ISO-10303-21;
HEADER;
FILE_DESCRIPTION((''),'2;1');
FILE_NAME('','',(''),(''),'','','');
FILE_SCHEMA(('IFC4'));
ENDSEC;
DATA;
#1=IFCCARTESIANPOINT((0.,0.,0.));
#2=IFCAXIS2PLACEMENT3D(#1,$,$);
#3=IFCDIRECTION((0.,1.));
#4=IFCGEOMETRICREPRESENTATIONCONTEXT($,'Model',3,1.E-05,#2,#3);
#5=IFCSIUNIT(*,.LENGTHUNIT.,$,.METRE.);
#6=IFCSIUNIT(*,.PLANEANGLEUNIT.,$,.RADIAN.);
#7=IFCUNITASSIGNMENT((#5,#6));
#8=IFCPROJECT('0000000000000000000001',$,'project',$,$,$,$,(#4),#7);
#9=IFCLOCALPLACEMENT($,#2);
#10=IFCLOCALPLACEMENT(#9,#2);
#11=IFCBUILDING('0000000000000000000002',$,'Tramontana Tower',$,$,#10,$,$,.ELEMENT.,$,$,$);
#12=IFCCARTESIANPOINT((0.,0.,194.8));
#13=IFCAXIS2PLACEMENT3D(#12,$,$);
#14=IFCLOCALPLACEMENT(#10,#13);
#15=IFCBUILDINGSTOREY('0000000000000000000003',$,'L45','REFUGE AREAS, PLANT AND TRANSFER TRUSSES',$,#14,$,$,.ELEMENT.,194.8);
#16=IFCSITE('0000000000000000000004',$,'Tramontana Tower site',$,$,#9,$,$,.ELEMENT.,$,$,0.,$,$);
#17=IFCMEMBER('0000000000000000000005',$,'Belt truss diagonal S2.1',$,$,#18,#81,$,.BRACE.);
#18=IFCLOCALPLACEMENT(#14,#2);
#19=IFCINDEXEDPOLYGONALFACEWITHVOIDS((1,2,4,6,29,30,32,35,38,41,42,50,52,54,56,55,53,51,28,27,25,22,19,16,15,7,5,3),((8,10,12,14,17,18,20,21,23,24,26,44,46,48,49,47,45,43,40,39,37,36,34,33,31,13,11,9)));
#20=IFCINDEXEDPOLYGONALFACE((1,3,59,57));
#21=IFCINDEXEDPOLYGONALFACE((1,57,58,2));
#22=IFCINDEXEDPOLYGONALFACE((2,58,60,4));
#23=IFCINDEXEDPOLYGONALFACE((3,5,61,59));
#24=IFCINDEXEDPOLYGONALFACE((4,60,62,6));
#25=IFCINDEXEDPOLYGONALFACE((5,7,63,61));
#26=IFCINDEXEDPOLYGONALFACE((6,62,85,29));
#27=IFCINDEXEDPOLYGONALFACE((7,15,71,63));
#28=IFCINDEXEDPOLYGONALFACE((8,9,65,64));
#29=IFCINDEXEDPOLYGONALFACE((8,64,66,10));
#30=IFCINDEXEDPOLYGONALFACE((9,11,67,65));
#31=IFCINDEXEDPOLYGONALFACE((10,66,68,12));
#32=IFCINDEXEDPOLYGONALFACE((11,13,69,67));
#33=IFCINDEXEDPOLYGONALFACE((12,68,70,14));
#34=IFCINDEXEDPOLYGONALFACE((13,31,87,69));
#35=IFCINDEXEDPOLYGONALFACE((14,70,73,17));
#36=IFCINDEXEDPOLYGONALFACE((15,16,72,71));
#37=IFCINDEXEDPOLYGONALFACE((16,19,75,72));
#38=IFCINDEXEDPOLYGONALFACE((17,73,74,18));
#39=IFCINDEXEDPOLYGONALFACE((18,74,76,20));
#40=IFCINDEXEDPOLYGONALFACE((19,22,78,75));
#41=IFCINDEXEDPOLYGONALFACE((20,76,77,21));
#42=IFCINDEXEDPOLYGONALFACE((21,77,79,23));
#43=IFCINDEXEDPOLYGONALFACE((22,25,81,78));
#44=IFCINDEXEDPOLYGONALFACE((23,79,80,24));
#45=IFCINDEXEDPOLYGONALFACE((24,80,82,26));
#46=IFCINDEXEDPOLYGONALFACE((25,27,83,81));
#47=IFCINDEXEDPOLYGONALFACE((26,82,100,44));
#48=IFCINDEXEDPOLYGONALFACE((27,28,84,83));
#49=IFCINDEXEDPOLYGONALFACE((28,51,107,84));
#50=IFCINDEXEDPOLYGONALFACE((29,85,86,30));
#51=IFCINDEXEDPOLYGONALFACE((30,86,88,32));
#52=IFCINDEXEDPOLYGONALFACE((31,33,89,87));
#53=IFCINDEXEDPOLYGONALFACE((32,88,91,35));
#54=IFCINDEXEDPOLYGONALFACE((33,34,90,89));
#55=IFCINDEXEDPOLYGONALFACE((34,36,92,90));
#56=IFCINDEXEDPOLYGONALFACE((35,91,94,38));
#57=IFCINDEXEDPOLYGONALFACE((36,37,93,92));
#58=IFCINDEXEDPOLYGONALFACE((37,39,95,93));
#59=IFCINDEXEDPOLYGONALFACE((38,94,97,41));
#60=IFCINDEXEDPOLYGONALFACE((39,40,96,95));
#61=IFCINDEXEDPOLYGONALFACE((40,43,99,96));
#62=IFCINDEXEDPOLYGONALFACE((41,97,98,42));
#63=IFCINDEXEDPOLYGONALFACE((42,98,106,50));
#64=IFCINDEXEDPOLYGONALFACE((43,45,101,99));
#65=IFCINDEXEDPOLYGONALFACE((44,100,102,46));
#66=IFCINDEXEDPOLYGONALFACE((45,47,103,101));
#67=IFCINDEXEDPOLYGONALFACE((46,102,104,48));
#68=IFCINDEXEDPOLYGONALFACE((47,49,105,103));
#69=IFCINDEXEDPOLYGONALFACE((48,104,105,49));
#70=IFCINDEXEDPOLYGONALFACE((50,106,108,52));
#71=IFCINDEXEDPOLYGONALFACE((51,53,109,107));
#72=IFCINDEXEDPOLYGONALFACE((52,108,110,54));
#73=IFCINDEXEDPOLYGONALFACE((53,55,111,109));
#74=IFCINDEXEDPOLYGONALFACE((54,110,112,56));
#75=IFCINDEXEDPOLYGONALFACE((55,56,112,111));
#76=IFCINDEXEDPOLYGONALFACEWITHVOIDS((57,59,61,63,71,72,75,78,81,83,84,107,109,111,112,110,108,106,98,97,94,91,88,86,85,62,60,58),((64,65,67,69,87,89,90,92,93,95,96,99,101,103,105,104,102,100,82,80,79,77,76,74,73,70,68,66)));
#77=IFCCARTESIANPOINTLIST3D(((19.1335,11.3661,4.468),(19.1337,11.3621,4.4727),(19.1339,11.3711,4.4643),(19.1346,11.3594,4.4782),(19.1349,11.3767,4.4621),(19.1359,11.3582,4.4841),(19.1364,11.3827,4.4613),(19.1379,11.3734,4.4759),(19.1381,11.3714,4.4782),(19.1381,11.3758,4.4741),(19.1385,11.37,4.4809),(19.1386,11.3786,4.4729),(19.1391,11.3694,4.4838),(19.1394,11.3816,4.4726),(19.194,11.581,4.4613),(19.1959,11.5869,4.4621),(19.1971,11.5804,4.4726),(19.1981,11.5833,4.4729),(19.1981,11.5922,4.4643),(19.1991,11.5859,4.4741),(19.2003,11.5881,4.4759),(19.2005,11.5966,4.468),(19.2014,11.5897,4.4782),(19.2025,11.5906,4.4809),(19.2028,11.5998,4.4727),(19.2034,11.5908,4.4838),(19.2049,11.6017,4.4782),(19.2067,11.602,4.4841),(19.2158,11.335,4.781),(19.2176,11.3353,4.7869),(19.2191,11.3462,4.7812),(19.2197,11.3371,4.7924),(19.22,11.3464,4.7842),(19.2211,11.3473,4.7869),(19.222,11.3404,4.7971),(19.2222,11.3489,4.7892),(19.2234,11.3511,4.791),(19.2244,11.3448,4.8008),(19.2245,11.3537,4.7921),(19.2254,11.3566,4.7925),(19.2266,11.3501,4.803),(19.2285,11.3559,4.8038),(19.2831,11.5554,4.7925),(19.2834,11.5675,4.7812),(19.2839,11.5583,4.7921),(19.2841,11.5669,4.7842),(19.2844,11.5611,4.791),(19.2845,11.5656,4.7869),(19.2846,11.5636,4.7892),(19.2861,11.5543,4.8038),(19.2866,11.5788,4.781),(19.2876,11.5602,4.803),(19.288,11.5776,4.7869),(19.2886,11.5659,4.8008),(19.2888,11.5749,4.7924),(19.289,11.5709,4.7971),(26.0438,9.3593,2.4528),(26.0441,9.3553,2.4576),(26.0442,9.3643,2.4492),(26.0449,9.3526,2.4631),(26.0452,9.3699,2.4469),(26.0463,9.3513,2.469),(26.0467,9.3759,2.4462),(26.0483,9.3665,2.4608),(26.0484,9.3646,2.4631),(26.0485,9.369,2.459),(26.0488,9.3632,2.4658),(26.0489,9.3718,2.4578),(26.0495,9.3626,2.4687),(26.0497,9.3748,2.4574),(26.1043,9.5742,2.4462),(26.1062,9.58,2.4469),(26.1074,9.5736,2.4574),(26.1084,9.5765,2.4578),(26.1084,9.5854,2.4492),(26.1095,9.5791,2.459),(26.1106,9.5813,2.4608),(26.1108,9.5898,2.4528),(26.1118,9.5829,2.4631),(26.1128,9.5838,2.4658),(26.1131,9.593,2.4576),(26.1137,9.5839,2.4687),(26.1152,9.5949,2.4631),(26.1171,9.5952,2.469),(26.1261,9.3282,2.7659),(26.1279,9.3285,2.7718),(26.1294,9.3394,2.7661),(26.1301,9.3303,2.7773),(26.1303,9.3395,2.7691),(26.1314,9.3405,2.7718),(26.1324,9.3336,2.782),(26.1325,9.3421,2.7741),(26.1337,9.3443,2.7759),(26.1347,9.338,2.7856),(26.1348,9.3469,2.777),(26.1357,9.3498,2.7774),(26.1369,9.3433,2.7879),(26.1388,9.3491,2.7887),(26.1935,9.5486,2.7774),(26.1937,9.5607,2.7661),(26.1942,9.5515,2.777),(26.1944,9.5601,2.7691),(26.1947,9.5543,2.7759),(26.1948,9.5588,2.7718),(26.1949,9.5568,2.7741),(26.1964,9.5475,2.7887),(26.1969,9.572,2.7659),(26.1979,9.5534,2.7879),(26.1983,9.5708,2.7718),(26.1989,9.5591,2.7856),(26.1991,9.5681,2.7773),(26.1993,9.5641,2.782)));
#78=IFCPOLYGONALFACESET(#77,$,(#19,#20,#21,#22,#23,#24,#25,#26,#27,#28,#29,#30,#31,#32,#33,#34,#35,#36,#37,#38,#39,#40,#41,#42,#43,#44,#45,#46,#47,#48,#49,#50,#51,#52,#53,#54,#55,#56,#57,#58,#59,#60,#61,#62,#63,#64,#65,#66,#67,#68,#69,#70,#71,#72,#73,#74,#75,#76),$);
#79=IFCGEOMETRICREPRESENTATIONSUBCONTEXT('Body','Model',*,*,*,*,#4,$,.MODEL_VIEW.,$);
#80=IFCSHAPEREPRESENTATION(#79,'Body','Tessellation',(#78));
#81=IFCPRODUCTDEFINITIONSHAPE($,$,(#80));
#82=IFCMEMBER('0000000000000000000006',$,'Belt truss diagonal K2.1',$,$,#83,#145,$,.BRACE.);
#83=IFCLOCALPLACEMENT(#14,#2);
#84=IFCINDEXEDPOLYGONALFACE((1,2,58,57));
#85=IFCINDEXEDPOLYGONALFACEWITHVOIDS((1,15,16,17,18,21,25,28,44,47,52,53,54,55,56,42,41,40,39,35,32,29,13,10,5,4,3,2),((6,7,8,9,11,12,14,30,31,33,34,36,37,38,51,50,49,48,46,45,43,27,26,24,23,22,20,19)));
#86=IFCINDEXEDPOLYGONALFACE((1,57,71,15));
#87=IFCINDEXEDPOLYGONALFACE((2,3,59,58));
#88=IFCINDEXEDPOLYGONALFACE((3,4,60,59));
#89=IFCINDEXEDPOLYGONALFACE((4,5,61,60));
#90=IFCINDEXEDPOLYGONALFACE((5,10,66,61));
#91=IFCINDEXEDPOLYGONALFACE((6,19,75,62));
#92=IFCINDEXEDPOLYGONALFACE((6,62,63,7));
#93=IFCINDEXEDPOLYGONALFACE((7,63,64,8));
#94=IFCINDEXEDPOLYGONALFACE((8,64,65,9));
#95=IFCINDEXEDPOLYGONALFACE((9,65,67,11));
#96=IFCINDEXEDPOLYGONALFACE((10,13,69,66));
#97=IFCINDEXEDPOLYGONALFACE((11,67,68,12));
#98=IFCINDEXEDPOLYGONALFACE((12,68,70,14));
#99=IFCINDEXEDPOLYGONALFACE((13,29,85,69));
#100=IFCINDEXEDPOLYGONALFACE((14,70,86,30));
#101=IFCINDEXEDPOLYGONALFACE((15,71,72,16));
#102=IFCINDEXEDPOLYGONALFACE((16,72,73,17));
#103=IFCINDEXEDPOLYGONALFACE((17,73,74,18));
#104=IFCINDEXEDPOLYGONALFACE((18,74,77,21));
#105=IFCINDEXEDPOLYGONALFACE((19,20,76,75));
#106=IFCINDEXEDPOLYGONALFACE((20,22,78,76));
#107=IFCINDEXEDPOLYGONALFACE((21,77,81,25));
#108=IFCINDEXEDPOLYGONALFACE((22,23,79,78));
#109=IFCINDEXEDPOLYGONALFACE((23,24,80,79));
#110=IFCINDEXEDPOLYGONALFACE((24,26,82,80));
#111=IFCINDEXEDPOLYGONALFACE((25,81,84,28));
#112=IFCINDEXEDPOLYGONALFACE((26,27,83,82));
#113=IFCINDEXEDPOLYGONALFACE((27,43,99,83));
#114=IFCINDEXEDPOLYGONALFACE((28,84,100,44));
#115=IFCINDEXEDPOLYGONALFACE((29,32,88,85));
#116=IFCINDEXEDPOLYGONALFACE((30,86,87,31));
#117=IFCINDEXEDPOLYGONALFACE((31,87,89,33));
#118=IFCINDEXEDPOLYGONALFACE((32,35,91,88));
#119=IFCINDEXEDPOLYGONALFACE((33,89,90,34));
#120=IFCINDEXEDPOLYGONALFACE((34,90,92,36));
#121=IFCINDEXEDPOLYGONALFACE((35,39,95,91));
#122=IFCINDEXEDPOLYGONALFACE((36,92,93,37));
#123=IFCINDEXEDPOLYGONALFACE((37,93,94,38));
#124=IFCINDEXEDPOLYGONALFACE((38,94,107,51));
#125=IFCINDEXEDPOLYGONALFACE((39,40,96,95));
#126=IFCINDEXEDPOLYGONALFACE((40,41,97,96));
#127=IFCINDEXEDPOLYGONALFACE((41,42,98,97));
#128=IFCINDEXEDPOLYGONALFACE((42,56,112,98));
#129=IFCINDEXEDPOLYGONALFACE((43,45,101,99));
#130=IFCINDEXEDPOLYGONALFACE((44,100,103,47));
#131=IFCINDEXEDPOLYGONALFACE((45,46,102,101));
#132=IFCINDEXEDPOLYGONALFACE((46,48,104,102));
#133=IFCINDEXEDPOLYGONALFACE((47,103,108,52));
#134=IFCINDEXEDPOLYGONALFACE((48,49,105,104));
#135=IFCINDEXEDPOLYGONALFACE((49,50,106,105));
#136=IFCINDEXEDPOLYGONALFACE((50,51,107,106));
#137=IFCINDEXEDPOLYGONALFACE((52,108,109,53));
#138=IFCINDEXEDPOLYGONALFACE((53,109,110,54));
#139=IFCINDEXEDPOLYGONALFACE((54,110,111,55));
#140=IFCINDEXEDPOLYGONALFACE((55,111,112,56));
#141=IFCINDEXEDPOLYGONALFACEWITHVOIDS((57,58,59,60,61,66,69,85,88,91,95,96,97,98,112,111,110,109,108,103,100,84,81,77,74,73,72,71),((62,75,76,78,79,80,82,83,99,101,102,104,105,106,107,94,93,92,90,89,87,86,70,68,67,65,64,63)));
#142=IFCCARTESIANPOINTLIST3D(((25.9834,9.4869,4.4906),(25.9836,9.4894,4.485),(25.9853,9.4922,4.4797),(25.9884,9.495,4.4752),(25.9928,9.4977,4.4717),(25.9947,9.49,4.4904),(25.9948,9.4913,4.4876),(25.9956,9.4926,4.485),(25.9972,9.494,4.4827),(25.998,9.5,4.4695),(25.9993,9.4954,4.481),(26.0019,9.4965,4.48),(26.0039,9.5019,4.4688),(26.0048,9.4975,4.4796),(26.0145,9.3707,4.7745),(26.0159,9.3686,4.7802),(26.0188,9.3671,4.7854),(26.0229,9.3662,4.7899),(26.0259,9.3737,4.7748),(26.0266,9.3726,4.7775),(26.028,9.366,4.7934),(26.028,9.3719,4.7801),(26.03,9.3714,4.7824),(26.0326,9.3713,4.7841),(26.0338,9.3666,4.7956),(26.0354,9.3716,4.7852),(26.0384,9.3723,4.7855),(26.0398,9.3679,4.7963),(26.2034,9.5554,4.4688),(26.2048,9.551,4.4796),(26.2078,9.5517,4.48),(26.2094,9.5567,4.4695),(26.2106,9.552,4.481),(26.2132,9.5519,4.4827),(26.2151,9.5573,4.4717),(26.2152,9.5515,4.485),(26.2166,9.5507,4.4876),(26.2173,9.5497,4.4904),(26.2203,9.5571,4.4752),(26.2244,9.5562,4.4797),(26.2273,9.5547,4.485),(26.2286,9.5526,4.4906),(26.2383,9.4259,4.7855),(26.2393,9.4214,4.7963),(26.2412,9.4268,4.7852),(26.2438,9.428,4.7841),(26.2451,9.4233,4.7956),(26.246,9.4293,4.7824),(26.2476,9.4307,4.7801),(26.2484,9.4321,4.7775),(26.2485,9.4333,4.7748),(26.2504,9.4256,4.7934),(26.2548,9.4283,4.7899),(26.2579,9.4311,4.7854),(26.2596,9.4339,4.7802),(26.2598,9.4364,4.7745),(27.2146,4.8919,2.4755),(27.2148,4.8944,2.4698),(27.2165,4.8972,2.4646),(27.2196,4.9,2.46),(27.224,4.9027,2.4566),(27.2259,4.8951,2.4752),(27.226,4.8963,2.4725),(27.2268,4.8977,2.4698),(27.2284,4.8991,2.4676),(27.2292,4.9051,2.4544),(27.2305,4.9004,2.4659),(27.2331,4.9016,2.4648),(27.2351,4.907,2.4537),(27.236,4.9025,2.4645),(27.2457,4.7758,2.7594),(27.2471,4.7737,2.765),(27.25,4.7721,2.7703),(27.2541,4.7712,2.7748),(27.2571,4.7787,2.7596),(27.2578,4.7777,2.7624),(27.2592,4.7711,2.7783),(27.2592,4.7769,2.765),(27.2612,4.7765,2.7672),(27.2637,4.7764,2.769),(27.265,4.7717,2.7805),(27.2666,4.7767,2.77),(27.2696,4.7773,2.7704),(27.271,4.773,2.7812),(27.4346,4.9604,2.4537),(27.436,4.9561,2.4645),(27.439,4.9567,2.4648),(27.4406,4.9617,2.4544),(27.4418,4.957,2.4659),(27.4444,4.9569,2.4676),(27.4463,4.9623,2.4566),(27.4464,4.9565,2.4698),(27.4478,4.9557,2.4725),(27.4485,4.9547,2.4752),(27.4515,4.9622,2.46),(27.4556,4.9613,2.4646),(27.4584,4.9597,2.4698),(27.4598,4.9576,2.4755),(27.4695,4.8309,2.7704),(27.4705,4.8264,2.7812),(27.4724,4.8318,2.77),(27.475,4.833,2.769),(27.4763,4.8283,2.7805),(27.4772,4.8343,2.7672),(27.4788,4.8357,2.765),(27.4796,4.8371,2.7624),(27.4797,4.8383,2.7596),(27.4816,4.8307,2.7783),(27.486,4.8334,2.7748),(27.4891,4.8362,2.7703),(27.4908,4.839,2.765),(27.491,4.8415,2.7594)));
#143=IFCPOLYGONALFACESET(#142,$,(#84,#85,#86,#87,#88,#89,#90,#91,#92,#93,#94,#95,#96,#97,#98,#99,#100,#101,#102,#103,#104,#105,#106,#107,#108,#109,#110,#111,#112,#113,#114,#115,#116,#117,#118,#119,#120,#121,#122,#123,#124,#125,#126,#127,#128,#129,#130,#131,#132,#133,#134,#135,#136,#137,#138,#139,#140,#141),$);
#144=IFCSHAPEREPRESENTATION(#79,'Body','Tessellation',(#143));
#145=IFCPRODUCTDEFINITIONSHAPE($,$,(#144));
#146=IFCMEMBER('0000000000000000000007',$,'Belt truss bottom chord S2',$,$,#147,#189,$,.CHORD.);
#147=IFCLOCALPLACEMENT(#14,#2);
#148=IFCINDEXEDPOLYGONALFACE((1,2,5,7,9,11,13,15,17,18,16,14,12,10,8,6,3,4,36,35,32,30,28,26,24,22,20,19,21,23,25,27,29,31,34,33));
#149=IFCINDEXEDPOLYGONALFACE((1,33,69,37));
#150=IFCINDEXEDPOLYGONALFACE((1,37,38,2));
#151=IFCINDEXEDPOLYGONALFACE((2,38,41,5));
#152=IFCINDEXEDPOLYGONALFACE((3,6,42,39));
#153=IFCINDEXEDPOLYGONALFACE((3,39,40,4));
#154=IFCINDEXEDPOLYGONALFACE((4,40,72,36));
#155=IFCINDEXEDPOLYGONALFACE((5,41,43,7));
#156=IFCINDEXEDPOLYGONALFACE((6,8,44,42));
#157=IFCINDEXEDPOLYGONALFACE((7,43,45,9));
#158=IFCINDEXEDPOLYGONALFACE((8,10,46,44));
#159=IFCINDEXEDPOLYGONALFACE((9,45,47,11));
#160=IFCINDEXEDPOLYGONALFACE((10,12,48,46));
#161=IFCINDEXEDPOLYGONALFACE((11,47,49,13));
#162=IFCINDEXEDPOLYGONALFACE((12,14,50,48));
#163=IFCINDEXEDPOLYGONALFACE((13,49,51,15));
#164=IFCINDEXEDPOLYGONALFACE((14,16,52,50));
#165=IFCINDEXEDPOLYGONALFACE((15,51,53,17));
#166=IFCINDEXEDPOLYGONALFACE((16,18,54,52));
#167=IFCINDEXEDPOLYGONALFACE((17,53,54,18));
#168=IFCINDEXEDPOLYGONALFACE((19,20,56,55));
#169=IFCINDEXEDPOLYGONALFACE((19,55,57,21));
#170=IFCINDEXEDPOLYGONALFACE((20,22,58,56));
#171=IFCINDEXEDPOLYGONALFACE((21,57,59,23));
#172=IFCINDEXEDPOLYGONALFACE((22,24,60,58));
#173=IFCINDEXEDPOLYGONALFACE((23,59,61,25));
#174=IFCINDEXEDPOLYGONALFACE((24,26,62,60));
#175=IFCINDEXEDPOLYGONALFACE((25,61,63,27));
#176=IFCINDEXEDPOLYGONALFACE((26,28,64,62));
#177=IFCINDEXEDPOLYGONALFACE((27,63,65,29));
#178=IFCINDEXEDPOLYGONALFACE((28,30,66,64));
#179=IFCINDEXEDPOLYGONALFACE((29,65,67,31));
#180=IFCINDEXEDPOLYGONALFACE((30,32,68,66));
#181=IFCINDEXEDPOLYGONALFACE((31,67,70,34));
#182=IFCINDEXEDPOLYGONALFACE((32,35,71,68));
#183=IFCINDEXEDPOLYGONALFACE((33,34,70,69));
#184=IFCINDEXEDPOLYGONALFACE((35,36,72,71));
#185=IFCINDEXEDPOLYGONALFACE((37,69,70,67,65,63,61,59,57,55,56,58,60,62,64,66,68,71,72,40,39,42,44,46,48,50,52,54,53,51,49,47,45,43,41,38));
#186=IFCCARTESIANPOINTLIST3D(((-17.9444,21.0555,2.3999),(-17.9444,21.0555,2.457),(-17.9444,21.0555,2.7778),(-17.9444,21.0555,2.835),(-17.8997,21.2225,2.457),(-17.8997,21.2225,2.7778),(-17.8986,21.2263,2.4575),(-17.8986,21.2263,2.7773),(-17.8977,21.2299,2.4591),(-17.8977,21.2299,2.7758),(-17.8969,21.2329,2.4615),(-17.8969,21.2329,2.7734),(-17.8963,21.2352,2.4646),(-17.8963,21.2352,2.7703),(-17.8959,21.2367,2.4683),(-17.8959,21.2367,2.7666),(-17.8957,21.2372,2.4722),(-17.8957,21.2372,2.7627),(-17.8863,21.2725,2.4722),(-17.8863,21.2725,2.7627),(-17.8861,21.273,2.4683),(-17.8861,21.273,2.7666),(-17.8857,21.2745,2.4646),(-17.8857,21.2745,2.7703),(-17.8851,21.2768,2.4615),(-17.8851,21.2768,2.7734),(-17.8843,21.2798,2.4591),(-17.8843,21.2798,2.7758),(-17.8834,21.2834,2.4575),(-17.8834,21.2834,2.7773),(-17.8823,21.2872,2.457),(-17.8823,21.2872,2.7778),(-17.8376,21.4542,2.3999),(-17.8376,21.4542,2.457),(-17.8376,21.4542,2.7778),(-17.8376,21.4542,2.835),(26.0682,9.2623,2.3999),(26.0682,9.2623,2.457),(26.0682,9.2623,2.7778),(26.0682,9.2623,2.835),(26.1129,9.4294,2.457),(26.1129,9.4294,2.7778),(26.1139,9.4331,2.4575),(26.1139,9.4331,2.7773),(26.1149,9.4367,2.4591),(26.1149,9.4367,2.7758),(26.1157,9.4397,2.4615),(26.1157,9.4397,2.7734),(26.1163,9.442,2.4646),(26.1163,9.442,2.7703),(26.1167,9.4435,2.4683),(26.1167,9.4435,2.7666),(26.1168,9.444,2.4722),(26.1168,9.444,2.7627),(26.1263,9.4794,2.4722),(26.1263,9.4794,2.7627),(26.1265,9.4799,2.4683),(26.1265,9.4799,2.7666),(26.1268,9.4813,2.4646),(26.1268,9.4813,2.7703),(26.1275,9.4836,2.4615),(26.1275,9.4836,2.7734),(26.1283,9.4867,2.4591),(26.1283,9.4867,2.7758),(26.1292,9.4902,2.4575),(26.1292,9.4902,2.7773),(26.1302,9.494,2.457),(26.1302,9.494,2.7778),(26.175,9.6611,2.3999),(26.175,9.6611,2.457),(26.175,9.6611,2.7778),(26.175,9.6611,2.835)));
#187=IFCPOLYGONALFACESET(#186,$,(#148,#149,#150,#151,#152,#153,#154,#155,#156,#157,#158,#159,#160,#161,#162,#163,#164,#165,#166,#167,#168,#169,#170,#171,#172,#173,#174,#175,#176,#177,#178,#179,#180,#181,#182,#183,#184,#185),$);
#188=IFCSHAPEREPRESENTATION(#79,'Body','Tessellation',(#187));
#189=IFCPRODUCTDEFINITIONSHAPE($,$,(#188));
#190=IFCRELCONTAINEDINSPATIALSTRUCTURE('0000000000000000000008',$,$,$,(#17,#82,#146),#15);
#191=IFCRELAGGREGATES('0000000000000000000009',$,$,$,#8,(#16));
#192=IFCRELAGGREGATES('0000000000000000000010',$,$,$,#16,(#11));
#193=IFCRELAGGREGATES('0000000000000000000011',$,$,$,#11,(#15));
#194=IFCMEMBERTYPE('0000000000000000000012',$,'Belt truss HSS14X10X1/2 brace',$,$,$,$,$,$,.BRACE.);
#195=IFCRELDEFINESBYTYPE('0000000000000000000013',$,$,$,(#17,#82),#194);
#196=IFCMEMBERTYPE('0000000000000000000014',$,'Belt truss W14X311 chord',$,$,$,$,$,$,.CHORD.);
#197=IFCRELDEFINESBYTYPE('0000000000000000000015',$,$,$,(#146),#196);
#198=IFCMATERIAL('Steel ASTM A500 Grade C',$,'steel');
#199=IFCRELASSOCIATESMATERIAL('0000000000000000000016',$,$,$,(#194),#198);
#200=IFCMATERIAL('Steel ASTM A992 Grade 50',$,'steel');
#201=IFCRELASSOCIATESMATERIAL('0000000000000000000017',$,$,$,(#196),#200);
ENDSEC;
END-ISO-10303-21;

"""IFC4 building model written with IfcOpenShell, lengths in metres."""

from ifc_helpers import new_model, si_unit, direction, frame, origin, origin_2d, place, context, subcontext, project, spatial, hollow_rectangle, i_section, extrude, material, material_profile, profile_set, type_object, element, save


model = new_model("IFC4")

# Units and contexts
model_context = context("Model", 3, precision=1e-05, world=origin(), true_north=direction((0.0, 1.0)))
body_context = subcontext(model_context, "Body", "Model", "MODEL_VIEW")
ifc_project = project(units=[si_unit("LENGTHUNIT", "METRE"), si_unit("PLANEANGLEUNIT", "RADIAN")], contexts=[model_context])

# Site, building, storey
site_placement = place(None, origin())
site = spatial("IfcSite", under=ifc_project, at=site_placement, Name="Tramontana Tower site", CompositionType="ELEMENT", RefElevation=0.0)
building_placement = place(site_placement, origin())
building = spatial("IfcBuilding", under=site, at=building_placement, Name="Tramontana Tower", CompositionType="ELEMENT")
storey_placement = place(building_placement, frame((0.0, 0.0, 194.8)))
storey = spatial("IfcBuildingStorey", under=building, at=storey_placement, Name="L45", Description="REFUGE AREAS, PLANT AND TRANSFER TRUSSES", CompositionType="ELEMENT", Elevation=194.8)

# Members
ifc_material_1 = material(Name="Steel ASTM A500 Grade C", Category="steel")
ifc_material_profile_1 = material_profile(ifc_material_1, hollow_rectangle(XDim=0.2539, YDim=0.3557, WallThickness=0.0117, InnerFilletRadius=0.0117, OuterFilletRadius=0.0237, at=origin_2d()), Name="HSS14X10X1/2")
ifc_profile_set_1 = profile_set([ifc_material_profile_1], Name="Steel ASTM A500 Grade C")
member_type_1 = type_object("IfcMemberType", Name="Belt truss HSS14X10X1/2 brace", PredefinedType="BRACE", material=ifc_profile_set_1)
member_1_placement = place(storey_placement, frame((26.1216, 9.4617, 2.6174), z_axis=(-0.924748, 0.268554, 0.269665), x_axis=(-0.278886, -0.960324, 0.0)))
element("IfcMember", 1, at=member_1_placement, inside=storey, type_object=member_type_1, Name="Belt truss diagonal S2.1", PredefinedType="BRACE", context=body_context, shape_type="SweptSolid", body=[
    extrude(hollow_rectangle(XDim=0.2539, YDim=0.3557, WallThickness=0.0117, InnerFilletRadius=0.0117, OuterFilletRadius=0.0237, at=origin_2d()), origin(), (0.0, 0.0, 1.0), 7.4727),
])
member_2_placement = place(storey_placement, frame((27.3528, 4.8667, 2.6174), z_axis=(-0.238315, 0.889417, 0.390056), x_axis=(-0.965927, -0.258816, 0.0)))
element("IfcMember", 2, at=member_2_placement, inside=storey, type_object=member_type_1, Name="Belt truss diagonal K2.1", PredefinedType="BRACE", context=body_context, shape_type="SweptSolid", body=[
    extrude(hollow_rectangle(XDim=0.2539, YDim=0.3557, WallThickness=0.0117, InnerFilletRadius=0.0117, OuterFilletRadius=0.0237, at=origin_2d()), origin(), (0.0, 0.0, 1.0), 5.1663),
])
ifc_material_2 = material(Name="Steel ASTM A992 Grade 50", Category="steel")
ifc_material_profile_2 = material_profile(ifc_material_2, i_section(OverallWidth=0.4128, OverallDepth=0.4351, WebThickness=0.0366, FlangeThickness=0.0571, FilletRadius=0.0151, at=origin_2d()), Name="W14X311")
ifc_profile_set_2 = profile_set([ifc_material_profile_2], Name="Steel ASTM A992 Grade 50")
member_type_2 = type_object("IfcMemberType", Name="Belt truss W14X311 chord", PredefinedType="CHORD", material=ifc_profile_set_2)
for number, where, z_axis, x_axis, name in (
    (3, (26.1216, 9.4617, 2.6174), (-0.965926, 0.25882, 0.0), (-0.25882, -0.965926, 0.0), "Belt truss bottom chord S2"),
):
    element("IfcMember", number, at=place(storey_placement, frame(where, z_axis=z_axis, x_axis=x_axis)), inside=storey, type_object=member_type_2, Name=name, PredefinedType="CHORD", context=body_context, shape_type="SweptSolid", body=[
        extrude(i_section(OverallWidth=0.4128, OverallDepth=0.4351, WebThickness=0.0366, FlangeThickness=0.0571, FilletRadius=0.0151, at=origin_2d()), origin(), (0.0, 0.0, 1.0), 45.5652),
    ])

save(model, "model.ifc")
